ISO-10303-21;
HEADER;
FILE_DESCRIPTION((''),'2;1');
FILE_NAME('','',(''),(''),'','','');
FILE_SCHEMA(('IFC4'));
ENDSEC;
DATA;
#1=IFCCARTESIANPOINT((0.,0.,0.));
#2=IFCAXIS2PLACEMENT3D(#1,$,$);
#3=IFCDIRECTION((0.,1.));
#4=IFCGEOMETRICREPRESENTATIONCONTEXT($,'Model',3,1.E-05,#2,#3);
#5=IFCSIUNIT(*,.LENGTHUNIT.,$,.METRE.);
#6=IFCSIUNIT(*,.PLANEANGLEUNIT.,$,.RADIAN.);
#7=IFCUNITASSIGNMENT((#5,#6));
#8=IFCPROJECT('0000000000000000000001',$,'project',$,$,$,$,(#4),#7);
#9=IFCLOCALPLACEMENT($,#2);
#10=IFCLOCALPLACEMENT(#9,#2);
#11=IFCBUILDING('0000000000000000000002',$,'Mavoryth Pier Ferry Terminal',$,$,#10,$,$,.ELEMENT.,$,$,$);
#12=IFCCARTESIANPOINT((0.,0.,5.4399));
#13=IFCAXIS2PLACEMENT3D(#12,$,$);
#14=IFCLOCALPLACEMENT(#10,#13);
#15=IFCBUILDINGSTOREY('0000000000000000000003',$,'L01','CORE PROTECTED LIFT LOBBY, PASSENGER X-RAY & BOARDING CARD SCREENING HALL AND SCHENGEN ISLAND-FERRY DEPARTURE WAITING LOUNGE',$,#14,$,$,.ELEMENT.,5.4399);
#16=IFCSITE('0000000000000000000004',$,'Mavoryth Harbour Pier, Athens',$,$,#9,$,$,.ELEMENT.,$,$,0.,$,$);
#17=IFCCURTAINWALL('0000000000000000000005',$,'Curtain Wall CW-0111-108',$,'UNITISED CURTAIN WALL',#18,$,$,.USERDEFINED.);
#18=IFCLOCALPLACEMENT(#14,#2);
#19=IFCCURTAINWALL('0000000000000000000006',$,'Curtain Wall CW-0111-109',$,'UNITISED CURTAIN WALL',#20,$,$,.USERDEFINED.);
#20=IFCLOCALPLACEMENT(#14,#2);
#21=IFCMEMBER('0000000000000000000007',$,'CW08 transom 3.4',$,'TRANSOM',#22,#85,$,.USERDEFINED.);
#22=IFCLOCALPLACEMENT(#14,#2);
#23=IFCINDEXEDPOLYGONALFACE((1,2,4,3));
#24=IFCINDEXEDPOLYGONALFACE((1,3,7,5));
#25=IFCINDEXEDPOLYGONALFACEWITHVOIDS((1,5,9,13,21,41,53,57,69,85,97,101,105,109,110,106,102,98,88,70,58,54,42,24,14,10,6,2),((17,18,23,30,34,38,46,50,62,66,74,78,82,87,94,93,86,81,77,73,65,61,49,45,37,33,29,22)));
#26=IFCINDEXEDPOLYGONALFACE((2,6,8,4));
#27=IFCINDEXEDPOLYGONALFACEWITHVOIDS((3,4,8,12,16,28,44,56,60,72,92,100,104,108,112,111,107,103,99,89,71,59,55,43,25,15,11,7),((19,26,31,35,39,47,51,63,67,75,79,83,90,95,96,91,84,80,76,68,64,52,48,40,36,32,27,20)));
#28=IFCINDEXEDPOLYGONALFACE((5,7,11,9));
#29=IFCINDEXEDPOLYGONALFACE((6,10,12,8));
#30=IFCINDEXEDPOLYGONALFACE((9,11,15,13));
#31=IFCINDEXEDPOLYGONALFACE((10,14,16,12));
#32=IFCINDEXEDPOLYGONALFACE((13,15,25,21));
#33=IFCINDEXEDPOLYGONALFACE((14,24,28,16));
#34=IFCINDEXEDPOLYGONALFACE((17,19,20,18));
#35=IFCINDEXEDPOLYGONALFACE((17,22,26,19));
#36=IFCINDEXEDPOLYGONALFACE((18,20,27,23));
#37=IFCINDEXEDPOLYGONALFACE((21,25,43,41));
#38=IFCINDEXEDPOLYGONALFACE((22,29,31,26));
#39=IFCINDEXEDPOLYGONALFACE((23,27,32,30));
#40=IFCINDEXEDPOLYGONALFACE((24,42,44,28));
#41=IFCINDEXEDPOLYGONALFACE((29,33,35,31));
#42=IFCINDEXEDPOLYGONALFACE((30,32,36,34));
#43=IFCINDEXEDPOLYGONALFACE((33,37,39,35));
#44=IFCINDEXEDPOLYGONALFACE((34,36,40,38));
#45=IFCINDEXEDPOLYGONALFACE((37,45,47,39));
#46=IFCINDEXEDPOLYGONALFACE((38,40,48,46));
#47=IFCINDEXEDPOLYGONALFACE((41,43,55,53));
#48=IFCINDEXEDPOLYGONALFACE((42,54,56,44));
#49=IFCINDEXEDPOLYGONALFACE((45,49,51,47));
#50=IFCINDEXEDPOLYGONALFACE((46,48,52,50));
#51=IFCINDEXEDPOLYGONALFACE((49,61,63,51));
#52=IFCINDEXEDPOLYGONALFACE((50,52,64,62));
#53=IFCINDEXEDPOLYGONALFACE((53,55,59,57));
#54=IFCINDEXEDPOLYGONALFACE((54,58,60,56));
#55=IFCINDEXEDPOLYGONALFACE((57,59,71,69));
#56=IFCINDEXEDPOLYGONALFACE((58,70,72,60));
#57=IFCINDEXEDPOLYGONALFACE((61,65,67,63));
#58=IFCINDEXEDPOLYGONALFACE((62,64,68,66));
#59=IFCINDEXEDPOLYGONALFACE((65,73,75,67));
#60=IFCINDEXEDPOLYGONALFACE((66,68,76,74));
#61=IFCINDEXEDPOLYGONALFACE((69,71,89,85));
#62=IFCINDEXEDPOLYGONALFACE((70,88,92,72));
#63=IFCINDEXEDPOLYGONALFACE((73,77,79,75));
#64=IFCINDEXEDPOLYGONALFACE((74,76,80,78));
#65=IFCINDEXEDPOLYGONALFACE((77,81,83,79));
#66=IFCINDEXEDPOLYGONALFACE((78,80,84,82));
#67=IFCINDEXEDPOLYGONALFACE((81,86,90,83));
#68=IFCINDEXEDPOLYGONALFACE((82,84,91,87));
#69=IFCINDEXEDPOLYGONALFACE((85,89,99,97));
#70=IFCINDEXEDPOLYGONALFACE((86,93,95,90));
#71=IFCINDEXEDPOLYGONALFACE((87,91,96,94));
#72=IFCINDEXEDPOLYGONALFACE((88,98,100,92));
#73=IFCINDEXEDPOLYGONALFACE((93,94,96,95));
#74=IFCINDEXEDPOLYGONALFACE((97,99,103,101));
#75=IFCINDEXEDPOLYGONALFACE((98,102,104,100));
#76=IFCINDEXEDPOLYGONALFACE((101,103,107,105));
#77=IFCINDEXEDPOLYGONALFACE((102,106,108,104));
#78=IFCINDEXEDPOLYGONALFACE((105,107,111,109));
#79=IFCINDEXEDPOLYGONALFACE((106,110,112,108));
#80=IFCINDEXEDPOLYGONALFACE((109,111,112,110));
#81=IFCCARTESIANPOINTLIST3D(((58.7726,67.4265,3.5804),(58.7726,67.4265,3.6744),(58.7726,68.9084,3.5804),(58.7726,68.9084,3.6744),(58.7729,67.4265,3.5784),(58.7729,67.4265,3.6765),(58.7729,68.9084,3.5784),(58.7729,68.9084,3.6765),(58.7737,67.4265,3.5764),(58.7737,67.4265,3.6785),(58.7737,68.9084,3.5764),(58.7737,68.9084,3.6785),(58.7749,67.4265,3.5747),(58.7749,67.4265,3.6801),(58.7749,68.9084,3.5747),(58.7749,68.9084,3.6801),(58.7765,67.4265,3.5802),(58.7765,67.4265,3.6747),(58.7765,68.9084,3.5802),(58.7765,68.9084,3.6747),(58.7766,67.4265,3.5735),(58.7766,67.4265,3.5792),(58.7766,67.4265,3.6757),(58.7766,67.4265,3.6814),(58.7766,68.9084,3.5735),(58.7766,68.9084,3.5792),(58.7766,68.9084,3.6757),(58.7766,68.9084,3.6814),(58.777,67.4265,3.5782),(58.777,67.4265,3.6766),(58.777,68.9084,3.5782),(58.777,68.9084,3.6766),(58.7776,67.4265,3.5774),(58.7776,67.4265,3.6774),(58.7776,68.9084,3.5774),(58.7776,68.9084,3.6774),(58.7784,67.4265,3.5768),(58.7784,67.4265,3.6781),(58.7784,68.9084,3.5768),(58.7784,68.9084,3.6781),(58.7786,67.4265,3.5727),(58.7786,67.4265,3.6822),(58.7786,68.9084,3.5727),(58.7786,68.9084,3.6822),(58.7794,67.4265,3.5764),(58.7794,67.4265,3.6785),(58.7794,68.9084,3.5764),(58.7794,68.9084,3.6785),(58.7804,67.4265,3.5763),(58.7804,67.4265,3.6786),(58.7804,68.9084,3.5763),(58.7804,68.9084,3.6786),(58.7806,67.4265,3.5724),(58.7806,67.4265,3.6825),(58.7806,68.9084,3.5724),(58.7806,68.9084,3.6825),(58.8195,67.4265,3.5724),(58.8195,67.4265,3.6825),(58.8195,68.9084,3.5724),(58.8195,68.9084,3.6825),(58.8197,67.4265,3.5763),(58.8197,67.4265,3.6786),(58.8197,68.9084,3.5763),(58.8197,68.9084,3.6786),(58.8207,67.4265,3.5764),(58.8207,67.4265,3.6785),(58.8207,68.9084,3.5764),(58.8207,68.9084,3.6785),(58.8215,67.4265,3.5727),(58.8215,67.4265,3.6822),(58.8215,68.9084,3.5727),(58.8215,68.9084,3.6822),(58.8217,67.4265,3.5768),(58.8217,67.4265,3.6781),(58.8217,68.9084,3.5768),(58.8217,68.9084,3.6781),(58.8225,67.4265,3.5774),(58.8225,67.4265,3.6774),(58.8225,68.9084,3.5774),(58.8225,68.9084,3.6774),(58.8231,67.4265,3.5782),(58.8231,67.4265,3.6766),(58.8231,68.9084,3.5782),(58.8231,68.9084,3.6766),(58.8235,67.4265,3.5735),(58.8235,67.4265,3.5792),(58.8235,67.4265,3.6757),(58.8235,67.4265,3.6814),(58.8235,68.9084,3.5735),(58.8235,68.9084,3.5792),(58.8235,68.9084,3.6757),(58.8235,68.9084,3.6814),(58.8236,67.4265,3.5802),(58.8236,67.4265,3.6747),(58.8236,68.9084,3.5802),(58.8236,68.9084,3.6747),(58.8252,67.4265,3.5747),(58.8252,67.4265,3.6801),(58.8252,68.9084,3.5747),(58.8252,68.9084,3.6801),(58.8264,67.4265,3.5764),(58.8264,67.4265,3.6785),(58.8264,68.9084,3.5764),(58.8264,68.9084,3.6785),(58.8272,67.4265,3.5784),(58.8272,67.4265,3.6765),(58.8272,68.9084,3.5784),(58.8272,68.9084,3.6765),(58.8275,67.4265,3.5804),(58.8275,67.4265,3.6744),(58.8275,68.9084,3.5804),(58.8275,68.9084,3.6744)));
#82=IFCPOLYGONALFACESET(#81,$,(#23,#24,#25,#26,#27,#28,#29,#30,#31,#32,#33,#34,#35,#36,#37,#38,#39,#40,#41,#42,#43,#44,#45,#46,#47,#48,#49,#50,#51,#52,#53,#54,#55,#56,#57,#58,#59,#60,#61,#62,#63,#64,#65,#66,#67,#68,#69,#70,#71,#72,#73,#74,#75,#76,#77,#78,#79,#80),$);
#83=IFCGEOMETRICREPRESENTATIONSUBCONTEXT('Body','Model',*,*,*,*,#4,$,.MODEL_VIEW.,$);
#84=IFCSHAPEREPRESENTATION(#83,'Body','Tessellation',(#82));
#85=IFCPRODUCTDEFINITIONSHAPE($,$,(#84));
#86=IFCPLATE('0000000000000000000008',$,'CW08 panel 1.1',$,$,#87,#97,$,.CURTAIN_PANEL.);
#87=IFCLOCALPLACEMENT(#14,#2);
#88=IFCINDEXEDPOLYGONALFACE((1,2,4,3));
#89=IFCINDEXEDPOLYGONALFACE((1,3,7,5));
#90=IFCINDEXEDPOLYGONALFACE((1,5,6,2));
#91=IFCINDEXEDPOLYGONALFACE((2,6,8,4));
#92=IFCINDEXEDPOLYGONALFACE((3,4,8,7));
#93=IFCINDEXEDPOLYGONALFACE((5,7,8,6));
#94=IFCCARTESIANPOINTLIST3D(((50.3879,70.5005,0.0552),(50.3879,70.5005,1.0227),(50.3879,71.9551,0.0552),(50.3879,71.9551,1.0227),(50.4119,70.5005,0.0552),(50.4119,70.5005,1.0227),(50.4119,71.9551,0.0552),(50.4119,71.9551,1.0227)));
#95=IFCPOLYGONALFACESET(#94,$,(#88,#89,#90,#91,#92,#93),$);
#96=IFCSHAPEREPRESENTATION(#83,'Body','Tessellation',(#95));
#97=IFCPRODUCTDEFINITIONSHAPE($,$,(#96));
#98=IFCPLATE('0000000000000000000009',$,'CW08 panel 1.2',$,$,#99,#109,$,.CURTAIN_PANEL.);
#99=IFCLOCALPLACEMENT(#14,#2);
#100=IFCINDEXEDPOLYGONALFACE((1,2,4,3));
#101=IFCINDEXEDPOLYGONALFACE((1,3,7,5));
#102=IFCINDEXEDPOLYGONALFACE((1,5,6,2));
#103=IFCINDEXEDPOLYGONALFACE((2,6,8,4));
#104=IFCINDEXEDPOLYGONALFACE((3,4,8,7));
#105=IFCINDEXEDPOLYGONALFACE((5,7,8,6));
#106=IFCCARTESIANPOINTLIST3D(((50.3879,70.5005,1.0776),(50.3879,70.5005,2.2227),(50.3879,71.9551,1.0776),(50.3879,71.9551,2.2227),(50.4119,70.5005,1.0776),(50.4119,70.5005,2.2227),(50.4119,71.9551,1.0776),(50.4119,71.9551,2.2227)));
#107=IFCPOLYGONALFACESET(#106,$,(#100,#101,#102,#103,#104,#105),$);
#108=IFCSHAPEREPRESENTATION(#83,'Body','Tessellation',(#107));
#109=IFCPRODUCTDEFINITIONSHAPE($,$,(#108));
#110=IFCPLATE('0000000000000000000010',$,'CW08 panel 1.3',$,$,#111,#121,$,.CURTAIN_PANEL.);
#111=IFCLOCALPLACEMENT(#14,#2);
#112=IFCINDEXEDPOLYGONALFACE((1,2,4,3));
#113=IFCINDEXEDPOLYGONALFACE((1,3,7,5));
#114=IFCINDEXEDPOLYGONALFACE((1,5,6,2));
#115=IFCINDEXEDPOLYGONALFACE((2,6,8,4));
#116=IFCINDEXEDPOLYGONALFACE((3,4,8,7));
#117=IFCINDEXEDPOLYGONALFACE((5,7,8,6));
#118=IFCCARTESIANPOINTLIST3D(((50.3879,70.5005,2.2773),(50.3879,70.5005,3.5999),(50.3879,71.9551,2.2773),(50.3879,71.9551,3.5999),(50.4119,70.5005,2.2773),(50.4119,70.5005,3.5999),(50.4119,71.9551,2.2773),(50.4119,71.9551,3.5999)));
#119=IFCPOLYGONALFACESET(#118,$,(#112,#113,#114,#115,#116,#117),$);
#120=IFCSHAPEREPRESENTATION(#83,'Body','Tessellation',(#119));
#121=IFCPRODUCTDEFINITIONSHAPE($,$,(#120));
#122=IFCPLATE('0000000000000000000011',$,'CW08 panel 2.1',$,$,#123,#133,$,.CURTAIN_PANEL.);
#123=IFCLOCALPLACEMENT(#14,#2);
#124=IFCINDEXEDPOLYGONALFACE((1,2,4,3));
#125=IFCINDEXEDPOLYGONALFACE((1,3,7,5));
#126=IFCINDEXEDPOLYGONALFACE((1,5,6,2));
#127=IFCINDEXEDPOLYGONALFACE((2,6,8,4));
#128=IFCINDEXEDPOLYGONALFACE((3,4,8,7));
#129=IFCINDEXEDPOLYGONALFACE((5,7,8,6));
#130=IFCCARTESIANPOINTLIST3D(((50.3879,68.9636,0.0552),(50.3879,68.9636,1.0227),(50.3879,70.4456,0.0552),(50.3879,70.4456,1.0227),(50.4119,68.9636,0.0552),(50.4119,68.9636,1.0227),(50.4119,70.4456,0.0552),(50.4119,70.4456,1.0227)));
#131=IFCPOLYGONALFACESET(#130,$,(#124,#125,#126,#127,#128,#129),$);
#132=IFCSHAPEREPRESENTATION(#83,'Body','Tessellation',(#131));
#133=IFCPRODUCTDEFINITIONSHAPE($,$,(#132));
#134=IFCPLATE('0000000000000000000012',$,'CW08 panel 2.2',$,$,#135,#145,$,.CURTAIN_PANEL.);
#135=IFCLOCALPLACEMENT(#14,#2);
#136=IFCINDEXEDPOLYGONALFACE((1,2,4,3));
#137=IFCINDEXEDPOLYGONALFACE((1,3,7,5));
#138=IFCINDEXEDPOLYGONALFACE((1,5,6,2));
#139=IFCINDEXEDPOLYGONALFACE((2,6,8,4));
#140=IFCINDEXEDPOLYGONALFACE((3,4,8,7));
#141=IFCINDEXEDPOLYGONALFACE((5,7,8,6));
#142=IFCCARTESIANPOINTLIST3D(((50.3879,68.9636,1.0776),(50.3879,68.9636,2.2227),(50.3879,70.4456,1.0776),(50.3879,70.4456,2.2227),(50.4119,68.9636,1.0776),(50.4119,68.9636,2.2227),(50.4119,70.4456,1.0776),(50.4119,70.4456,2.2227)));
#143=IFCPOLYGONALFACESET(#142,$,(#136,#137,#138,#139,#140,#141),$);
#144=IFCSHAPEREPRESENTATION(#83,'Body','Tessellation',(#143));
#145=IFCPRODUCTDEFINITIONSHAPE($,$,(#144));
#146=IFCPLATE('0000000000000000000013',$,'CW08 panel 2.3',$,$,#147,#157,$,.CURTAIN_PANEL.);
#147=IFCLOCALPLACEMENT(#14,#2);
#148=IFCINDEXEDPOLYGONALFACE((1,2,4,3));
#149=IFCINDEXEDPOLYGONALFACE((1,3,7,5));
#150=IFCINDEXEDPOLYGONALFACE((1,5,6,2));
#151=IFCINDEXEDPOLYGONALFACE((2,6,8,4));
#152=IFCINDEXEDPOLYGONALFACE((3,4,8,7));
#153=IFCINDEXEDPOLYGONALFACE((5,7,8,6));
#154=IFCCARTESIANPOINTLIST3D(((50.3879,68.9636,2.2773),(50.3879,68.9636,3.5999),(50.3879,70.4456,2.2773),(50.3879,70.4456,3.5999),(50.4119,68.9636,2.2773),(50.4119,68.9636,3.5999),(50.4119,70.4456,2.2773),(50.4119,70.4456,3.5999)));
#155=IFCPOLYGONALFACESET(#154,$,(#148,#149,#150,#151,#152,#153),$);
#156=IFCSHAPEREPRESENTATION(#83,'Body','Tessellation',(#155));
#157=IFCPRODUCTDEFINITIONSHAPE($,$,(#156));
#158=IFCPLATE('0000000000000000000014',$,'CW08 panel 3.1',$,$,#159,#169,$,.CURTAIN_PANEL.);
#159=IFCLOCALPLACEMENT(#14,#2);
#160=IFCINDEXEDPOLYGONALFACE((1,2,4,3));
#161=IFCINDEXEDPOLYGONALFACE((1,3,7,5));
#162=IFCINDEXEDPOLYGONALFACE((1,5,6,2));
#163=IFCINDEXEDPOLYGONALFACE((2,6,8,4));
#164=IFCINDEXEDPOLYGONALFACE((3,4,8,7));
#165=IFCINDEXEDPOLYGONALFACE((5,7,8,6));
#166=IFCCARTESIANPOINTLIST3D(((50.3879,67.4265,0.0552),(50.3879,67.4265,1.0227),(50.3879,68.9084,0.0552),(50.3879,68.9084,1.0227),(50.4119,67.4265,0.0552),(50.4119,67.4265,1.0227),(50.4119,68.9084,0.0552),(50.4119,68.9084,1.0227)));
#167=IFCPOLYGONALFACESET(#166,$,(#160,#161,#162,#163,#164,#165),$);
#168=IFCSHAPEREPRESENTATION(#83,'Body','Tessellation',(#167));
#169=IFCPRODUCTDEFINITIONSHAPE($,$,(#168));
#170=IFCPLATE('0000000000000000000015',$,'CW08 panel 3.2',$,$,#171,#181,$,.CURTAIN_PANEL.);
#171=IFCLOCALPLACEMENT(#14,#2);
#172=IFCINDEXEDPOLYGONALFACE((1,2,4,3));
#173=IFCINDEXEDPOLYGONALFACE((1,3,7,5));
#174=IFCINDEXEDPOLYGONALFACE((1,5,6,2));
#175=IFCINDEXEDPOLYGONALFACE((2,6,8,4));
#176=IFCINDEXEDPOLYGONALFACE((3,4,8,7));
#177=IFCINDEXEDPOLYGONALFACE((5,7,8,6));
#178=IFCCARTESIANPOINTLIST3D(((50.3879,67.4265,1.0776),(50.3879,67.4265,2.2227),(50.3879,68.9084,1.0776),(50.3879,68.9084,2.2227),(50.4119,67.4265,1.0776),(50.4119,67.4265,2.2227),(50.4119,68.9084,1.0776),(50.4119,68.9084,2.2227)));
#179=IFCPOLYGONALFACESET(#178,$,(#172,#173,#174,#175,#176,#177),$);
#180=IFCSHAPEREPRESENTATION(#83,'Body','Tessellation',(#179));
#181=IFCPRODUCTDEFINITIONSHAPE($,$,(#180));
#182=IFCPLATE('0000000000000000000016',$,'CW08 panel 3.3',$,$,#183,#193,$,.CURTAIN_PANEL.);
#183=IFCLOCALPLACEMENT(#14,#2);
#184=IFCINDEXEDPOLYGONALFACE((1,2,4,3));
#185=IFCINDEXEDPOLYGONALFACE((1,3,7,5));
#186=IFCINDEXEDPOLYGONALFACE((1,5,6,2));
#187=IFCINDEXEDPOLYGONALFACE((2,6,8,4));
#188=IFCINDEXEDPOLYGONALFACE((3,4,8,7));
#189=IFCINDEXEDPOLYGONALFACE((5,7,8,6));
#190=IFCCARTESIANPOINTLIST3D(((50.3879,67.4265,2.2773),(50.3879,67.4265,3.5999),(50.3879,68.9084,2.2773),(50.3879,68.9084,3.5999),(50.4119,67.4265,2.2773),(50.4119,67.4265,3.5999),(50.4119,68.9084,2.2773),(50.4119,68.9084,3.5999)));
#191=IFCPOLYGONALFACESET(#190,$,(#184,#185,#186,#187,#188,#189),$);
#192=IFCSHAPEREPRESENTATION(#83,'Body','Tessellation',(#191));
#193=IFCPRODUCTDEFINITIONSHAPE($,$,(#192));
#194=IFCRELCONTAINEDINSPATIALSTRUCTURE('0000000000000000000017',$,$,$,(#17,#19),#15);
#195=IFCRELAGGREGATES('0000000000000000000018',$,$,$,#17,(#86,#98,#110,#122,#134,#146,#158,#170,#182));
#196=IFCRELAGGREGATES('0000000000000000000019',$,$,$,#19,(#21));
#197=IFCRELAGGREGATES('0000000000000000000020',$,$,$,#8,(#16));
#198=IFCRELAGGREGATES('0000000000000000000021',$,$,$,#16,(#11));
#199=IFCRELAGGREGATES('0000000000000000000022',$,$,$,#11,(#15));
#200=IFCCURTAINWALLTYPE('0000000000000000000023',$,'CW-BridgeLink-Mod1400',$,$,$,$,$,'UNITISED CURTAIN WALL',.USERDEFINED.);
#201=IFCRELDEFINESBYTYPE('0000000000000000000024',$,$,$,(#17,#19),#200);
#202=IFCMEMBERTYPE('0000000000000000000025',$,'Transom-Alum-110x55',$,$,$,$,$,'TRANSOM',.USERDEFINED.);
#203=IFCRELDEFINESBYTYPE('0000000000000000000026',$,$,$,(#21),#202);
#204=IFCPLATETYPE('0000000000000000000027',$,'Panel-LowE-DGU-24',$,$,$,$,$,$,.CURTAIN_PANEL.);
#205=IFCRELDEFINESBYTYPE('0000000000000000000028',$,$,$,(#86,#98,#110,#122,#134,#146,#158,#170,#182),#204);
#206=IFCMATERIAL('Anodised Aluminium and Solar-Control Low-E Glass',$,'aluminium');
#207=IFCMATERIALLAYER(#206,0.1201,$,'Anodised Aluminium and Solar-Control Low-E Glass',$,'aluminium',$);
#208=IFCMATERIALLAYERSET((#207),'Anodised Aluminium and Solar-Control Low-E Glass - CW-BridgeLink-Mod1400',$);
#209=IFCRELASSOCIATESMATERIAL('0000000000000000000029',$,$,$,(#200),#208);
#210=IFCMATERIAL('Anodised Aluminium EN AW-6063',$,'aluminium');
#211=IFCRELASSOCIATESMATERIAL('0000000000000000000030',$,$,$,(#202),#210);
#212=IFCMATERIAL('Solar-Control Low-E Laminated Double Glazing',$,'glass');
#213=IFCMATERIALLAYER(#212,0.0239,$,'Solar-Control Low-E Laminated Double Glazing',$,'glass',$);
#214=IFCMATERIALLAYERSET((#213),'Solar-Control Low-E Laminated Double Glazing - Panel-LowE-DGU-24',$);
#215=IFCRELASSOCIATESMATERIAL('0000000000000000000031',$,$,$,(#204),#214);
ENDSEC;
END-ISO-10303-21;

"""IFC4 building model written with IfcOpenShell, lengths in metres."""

from ifc_helpers import new_model, si_unit, direction, frame, origin, origin_2d, place, context, subcontext, project, spatial, rectangle, hollow_rectangle, extrude, material, layer, layer_set, material_profile, profile_set, type_object, element, aggregate, save


model = new_model("IFC4")

# Units and contexts
model_context = context("Model", 3, precision=1e-05, world=origin(), true_north=direction((0.0, 1.0)))
body_context = subcontext(model_context, "Body", "Model", "MODEL_VIEW")
ifc_project = project(units=[si_unit("LENGTHUNIT", "METRE"), si_unit("PLANEANGLEUNIT", "RADIAN")], contexts=[model_context])

# Site, building, storey
site_placement = place(None, origin())
site = spatial("IfcSite", under=ifc_project, at=site_placement, Name="Mavoryth Harbour Pier, Athens", CompositionType="ELEMENT", RefElevation=0.0)
building_placement = place(site_placement, origin())
building = spatial("IfcBuilding", under=site, at=building_placement, Name="Mavoryth Pier Ferry Terminal", CompositionType="ELEMENT")
storey_placement = place(building_placement, frame((0.0, 0.0, 5.4399)))
storey = spatial("IfcBuildingStorey", under=building, at=storey_placement, Name="L01", Description="CORE PROTECTED LIFT LOBBY, PASSENGER X-RAY & BOARDING CARD SCREENING HALL AND SCHENGEN ISLAND-FERRY DEPARTURE WAITING LOUNGE", CompositionType="ELEMENT", Elevation=5.4399)

# Curtain wall
ifc_material_1 = material(Name="Anodised Aluminium and Solar-Control Low-E Glass", Category="aluminium")
ifc_layer_1 = layer(ifc_material_1, 0.1201, Name="Anodised Aluminium and Solar-Control Low-E Glass", Category="aluminium")
ifc_layer_set_1 = layer_set([ifc_layer_1], Name="Anodised Aluminium and Solar-Control Low-E Glass - CW-BridgeLink-Mod1400")
curtain_wall_type = type_object("IfcCurtainWallType", Name="CW-BridgeLink-Mod1400", ElementType="UNITISED CURTAIN WALL", PredefinedType="USERDEFINED", material=ifc_layer_set_1)
curtain_wall_1_placement = place(storey_placement, origin())
curtain_wall_1 = element("IfcCurtainWall", 1, at=curtain_wall_1_placement, inside=storey, type_object=curtain_wall_type, Name="Curtain Wall CW-0111-108", ObjectType="UNITISED CURTAIN WALL", PredefinedType="USERDEFINED")
ifc_material_2 = material(Name="Anodised Aluminium EN AW-6063", Category="aluminium")

# Curtain wall
curtain_wall_2_placement = place(storey_placement, origin())
curtain_wall_2 = element("IfcCurtainWall", 2, at=curtain_wall_2_placement, inside=storey, type_object=curtain_wall_type, Name="Curtain Wall CW-0111-109", ObjectType="UNITISED CURTAIN WALL", PredefinedType="USERDEFINED")

# Member
ifc_material_profile_1 = material_profile(ifc_material_2, hollow_rectangle(XDim=0.0549, YDim=0.1101, WallThickness=0.0039, InnerFilletRadius=0.0039, OuterFilletRadius=0.0081, at=origin_2d()), Name="AL-TRAN 110x55x4", Category="aluminium")
ifc_profile_set_1 = profile_set([ifc_material_profile_1], Name="Anodised Aluminium EN AW-6063 - AL-TRAN 110x55x4")
member_type_1 = type_object("IfcMemberType", Name="Transom-Alum-110x55", ElementType="TRANSOM", PredefinedType="USERDEFINED", material=ifc_profile_set_1)
member_1_placement = place(storey_placement, frame((58.8, 67.4265, 3.6274), z_axis=(0.0, 1.0, 0.0), x_axis=(-1.0, 0.0, 0.0)))
member_1 = element("IfcMember", 3, at=member_1_placement, type_object=member_type_1, Name="CW08 transom 3.4", ObjectType="TRANSOM", PredefinedType="USERDEFINED", context=body_context, shape_type="SweptSolid", body=[
    extrude(hollow_rectangle(XDim=0.0549, YDim=0.1101, WallThickness=0.0039, InnerFilletRadius=0.0039, OuterFilletRadius=0.0081, at=origin_2d()), origin(), (0.0, 0.0, 1.0), 1.4819),
])

# Plates
ifc_material_3 = material(Name="Solar-Control Low-E Laminated Double Glazing", Category="glass")
ifc_layer_2 = layer(ifc_material_3, 0.0239, Name="Solar-Control Low-E Laminated Double Glazing", Category="glass")
ifc_layer_set_2 = layer_set([ifc_layer_2], Name="Solar-Control Low-E Laminated Double Glazing - Panel-LowE-DGU-24")
plate_type = type_object("IfcPlateType", Name="Panel-LowE-DGU-24", PredefinedType="CURTAIN_PANEL", material=ifc_layer_set_2)
plate_1_placement = place(storey_placement, frame((50.3999, 71.2278, 0.0552), z_axis=(0.0, 0.0, 1.0), x_axis=(0.0, -1.0, 0.0)))
plate_1 = element("IfcPlate", 4, at=plate_1_placement, type_object=plate_type, Name="CW08 panel 1.1", PredefinedType="CURTAIN_PANEL", context=body_context, shape_type="SweptSolid", body=[
    extrude(rectangle(XDim=1.4546, YDim=0.0239, at=origin_2d()), origin(), (0.0, 0.0, 1.0), 0.9675),
])
plate_2_placement = place(storey_placement, frame((50.3999, 71.2278, 1.0776), z_axis=(0.0, 0.0, 1.0), x_axis=(0.0, -1.0, 0.0)))
plate_2 = element("IfcPlate", 5, at=plate_2_placement, type_object=plate_type, Name="CW08 panel 1.2", PredefinedType="CURTAIN_PANEL", context=body_context, shape_type="SweptSolid", body=[
    extrude(rectangle(XDim=1.4546, YDim=0.0239, at=origin_2d()), origin(), (0.0, 0.0, 1.0), 1.145),
])
plate_3_placement = place(storey_placement, frame((50.3999, 71.2278, 2.2773), z_axis=(0.0, 0.0, 1.0), x_axis=(0.0, -1.0, 0.0)))
plate_3 = element("IfcPlate", 6, at=plate_3_placement, type_object=plate_type, Name="CW08 panel 1.3", PredefinedType="CURTAIN_PANEL", context=body_context, shape_type="SweptSolid", body=[
    extrude(rectangle(XDim=1.4546, YDim=0.0239, at=origin_2d()), origin(), (0.0, 0.0, 1.0), 1.3225),
])
plate_4_placement = place(storey_placement, frame((50.3999, 69.7046, 0.0552), z_axis=(0.0, 0.0, 1.0), x_axis=(0.0, -1.0, 0.0)))
plate_4 = element("IfcPlate", 7, at=plate_4_placement, type_object=plate_type, Name="CW08 panel 2.1", PredefinedType="CURTAIN_PANEL", context=body_context, shape_type="SweptSolid", body=[
    extrude(rectangle(XDim=1.4819, YDim=0.0239, at=origin_2d()), origin(), (0.0, 0.0, 1.0), 0.9675),
])
plate_5_placement = place(storey_placement, frame((50.3999, 69.7046, 1.0776), z_axis=(0.0, 0.0, 1.0), x_axis=(0.0, -1.0, 0.0)))
plate_5 = element("IfcPlate", 8, at=plate_5_placement, type_object=plate_type, Name="CW08 panel 2.2", PredefinedType="CURTAIN_PANEL", context=body_context, shape_type="SweptSolid", body=[
    extrude(rectangle(XDim=1.4819, YDim=0.0239, at=origin_2d()), origin(), (0.0, 0.0, 1.0), 1.145),
])
plate_6_placement = place(storey_placement, frame((50.3999, 69.7046, 2.2773), z_axis=(0.0, 0.0, 1.0), x_axis=(0.0, -1.0, 0.0)))
plate_6 = element("IfcPlate", 9, at=plate_6_placement, type_object=plate_type, Name="CW08 panel 2.3", PredefinedType="CURTAIN_PANEL", context=body_context, shape_type="SweptSolid", body=[
    extrude(rectangle(XDim=1.4819, YDim=0.0239, at=origin_2d()), origin(), (0.0, 0.0, 1.0), 1.3225),
])
plate_7_placement = place(storey_placement, frame((50.3999, 68.1675, 0.0552), z_axis=(0.0, 0.0, 1.0), x_axis=(0.0, -1.0, 0.0)))
plate_7 = element("IfcPlate", 10, at=plate_7_placement, type_object=plate_type, Name="CW08 panel 3.1", PredefinedType="CURTAIN_PANEL", context=body_context, shape_type="SweptSolid", body=[
    extrude(rectangle(XDim=1.4819, YDim=0.0239, at=origin_2d()), origin(), (0.0, 0.0, 1.0), 0.9675),
])
plate_8_placement = place(storey_placement, frame((50.3999, 68.1675, 1.0776), z_axis=(0.0, 0.0, 1.0), x_axis=(0.0, -1.0, 0.0)))
plate_8 = element("IfcPlate", 11, at=plate_8_placement, type_object=plate_type, Name="CW08 panel 3.2", PredefinedType="CURTAIN_PANEL", context=body_context, shape_type="SweptSolid", body=[
    extrude(rectangle(XDim=1.4819, YDim=0.0239, at=origin_2d()), origin(), (0.0, 0.0, 1.0), 1.145),
])
plate_9_placement = place(storey_placement, frame((50.3999, 68.1675, 2.2773), z_axis=(0.0, 0.0, 1.0), x_axis=(0.0, -1.0, 0.0)))
plate_9 = element("IfcPlate", 12, at=plate_9_placement, type_object=plate_type, Name="CW08 panel 3.3", PredefinedType="CURTAIN_PANEL", context=body_context, shape_type="SweptSolid", body=[
    extrude(rectangle(XDim=1.4819, YDim=0.0239, at=origin_2d()), origin(), (0.0, 0.0, 1.0), 1.3225),
])
aggregate(curtain_wall_1, [plate_1, plate_2, plate_3, plate_4, plate_5, plate_6, plate_7, plate_8, plate_9])
aggregate(curtain_wall_2, [member_1])

save(model, "model.ifc")
